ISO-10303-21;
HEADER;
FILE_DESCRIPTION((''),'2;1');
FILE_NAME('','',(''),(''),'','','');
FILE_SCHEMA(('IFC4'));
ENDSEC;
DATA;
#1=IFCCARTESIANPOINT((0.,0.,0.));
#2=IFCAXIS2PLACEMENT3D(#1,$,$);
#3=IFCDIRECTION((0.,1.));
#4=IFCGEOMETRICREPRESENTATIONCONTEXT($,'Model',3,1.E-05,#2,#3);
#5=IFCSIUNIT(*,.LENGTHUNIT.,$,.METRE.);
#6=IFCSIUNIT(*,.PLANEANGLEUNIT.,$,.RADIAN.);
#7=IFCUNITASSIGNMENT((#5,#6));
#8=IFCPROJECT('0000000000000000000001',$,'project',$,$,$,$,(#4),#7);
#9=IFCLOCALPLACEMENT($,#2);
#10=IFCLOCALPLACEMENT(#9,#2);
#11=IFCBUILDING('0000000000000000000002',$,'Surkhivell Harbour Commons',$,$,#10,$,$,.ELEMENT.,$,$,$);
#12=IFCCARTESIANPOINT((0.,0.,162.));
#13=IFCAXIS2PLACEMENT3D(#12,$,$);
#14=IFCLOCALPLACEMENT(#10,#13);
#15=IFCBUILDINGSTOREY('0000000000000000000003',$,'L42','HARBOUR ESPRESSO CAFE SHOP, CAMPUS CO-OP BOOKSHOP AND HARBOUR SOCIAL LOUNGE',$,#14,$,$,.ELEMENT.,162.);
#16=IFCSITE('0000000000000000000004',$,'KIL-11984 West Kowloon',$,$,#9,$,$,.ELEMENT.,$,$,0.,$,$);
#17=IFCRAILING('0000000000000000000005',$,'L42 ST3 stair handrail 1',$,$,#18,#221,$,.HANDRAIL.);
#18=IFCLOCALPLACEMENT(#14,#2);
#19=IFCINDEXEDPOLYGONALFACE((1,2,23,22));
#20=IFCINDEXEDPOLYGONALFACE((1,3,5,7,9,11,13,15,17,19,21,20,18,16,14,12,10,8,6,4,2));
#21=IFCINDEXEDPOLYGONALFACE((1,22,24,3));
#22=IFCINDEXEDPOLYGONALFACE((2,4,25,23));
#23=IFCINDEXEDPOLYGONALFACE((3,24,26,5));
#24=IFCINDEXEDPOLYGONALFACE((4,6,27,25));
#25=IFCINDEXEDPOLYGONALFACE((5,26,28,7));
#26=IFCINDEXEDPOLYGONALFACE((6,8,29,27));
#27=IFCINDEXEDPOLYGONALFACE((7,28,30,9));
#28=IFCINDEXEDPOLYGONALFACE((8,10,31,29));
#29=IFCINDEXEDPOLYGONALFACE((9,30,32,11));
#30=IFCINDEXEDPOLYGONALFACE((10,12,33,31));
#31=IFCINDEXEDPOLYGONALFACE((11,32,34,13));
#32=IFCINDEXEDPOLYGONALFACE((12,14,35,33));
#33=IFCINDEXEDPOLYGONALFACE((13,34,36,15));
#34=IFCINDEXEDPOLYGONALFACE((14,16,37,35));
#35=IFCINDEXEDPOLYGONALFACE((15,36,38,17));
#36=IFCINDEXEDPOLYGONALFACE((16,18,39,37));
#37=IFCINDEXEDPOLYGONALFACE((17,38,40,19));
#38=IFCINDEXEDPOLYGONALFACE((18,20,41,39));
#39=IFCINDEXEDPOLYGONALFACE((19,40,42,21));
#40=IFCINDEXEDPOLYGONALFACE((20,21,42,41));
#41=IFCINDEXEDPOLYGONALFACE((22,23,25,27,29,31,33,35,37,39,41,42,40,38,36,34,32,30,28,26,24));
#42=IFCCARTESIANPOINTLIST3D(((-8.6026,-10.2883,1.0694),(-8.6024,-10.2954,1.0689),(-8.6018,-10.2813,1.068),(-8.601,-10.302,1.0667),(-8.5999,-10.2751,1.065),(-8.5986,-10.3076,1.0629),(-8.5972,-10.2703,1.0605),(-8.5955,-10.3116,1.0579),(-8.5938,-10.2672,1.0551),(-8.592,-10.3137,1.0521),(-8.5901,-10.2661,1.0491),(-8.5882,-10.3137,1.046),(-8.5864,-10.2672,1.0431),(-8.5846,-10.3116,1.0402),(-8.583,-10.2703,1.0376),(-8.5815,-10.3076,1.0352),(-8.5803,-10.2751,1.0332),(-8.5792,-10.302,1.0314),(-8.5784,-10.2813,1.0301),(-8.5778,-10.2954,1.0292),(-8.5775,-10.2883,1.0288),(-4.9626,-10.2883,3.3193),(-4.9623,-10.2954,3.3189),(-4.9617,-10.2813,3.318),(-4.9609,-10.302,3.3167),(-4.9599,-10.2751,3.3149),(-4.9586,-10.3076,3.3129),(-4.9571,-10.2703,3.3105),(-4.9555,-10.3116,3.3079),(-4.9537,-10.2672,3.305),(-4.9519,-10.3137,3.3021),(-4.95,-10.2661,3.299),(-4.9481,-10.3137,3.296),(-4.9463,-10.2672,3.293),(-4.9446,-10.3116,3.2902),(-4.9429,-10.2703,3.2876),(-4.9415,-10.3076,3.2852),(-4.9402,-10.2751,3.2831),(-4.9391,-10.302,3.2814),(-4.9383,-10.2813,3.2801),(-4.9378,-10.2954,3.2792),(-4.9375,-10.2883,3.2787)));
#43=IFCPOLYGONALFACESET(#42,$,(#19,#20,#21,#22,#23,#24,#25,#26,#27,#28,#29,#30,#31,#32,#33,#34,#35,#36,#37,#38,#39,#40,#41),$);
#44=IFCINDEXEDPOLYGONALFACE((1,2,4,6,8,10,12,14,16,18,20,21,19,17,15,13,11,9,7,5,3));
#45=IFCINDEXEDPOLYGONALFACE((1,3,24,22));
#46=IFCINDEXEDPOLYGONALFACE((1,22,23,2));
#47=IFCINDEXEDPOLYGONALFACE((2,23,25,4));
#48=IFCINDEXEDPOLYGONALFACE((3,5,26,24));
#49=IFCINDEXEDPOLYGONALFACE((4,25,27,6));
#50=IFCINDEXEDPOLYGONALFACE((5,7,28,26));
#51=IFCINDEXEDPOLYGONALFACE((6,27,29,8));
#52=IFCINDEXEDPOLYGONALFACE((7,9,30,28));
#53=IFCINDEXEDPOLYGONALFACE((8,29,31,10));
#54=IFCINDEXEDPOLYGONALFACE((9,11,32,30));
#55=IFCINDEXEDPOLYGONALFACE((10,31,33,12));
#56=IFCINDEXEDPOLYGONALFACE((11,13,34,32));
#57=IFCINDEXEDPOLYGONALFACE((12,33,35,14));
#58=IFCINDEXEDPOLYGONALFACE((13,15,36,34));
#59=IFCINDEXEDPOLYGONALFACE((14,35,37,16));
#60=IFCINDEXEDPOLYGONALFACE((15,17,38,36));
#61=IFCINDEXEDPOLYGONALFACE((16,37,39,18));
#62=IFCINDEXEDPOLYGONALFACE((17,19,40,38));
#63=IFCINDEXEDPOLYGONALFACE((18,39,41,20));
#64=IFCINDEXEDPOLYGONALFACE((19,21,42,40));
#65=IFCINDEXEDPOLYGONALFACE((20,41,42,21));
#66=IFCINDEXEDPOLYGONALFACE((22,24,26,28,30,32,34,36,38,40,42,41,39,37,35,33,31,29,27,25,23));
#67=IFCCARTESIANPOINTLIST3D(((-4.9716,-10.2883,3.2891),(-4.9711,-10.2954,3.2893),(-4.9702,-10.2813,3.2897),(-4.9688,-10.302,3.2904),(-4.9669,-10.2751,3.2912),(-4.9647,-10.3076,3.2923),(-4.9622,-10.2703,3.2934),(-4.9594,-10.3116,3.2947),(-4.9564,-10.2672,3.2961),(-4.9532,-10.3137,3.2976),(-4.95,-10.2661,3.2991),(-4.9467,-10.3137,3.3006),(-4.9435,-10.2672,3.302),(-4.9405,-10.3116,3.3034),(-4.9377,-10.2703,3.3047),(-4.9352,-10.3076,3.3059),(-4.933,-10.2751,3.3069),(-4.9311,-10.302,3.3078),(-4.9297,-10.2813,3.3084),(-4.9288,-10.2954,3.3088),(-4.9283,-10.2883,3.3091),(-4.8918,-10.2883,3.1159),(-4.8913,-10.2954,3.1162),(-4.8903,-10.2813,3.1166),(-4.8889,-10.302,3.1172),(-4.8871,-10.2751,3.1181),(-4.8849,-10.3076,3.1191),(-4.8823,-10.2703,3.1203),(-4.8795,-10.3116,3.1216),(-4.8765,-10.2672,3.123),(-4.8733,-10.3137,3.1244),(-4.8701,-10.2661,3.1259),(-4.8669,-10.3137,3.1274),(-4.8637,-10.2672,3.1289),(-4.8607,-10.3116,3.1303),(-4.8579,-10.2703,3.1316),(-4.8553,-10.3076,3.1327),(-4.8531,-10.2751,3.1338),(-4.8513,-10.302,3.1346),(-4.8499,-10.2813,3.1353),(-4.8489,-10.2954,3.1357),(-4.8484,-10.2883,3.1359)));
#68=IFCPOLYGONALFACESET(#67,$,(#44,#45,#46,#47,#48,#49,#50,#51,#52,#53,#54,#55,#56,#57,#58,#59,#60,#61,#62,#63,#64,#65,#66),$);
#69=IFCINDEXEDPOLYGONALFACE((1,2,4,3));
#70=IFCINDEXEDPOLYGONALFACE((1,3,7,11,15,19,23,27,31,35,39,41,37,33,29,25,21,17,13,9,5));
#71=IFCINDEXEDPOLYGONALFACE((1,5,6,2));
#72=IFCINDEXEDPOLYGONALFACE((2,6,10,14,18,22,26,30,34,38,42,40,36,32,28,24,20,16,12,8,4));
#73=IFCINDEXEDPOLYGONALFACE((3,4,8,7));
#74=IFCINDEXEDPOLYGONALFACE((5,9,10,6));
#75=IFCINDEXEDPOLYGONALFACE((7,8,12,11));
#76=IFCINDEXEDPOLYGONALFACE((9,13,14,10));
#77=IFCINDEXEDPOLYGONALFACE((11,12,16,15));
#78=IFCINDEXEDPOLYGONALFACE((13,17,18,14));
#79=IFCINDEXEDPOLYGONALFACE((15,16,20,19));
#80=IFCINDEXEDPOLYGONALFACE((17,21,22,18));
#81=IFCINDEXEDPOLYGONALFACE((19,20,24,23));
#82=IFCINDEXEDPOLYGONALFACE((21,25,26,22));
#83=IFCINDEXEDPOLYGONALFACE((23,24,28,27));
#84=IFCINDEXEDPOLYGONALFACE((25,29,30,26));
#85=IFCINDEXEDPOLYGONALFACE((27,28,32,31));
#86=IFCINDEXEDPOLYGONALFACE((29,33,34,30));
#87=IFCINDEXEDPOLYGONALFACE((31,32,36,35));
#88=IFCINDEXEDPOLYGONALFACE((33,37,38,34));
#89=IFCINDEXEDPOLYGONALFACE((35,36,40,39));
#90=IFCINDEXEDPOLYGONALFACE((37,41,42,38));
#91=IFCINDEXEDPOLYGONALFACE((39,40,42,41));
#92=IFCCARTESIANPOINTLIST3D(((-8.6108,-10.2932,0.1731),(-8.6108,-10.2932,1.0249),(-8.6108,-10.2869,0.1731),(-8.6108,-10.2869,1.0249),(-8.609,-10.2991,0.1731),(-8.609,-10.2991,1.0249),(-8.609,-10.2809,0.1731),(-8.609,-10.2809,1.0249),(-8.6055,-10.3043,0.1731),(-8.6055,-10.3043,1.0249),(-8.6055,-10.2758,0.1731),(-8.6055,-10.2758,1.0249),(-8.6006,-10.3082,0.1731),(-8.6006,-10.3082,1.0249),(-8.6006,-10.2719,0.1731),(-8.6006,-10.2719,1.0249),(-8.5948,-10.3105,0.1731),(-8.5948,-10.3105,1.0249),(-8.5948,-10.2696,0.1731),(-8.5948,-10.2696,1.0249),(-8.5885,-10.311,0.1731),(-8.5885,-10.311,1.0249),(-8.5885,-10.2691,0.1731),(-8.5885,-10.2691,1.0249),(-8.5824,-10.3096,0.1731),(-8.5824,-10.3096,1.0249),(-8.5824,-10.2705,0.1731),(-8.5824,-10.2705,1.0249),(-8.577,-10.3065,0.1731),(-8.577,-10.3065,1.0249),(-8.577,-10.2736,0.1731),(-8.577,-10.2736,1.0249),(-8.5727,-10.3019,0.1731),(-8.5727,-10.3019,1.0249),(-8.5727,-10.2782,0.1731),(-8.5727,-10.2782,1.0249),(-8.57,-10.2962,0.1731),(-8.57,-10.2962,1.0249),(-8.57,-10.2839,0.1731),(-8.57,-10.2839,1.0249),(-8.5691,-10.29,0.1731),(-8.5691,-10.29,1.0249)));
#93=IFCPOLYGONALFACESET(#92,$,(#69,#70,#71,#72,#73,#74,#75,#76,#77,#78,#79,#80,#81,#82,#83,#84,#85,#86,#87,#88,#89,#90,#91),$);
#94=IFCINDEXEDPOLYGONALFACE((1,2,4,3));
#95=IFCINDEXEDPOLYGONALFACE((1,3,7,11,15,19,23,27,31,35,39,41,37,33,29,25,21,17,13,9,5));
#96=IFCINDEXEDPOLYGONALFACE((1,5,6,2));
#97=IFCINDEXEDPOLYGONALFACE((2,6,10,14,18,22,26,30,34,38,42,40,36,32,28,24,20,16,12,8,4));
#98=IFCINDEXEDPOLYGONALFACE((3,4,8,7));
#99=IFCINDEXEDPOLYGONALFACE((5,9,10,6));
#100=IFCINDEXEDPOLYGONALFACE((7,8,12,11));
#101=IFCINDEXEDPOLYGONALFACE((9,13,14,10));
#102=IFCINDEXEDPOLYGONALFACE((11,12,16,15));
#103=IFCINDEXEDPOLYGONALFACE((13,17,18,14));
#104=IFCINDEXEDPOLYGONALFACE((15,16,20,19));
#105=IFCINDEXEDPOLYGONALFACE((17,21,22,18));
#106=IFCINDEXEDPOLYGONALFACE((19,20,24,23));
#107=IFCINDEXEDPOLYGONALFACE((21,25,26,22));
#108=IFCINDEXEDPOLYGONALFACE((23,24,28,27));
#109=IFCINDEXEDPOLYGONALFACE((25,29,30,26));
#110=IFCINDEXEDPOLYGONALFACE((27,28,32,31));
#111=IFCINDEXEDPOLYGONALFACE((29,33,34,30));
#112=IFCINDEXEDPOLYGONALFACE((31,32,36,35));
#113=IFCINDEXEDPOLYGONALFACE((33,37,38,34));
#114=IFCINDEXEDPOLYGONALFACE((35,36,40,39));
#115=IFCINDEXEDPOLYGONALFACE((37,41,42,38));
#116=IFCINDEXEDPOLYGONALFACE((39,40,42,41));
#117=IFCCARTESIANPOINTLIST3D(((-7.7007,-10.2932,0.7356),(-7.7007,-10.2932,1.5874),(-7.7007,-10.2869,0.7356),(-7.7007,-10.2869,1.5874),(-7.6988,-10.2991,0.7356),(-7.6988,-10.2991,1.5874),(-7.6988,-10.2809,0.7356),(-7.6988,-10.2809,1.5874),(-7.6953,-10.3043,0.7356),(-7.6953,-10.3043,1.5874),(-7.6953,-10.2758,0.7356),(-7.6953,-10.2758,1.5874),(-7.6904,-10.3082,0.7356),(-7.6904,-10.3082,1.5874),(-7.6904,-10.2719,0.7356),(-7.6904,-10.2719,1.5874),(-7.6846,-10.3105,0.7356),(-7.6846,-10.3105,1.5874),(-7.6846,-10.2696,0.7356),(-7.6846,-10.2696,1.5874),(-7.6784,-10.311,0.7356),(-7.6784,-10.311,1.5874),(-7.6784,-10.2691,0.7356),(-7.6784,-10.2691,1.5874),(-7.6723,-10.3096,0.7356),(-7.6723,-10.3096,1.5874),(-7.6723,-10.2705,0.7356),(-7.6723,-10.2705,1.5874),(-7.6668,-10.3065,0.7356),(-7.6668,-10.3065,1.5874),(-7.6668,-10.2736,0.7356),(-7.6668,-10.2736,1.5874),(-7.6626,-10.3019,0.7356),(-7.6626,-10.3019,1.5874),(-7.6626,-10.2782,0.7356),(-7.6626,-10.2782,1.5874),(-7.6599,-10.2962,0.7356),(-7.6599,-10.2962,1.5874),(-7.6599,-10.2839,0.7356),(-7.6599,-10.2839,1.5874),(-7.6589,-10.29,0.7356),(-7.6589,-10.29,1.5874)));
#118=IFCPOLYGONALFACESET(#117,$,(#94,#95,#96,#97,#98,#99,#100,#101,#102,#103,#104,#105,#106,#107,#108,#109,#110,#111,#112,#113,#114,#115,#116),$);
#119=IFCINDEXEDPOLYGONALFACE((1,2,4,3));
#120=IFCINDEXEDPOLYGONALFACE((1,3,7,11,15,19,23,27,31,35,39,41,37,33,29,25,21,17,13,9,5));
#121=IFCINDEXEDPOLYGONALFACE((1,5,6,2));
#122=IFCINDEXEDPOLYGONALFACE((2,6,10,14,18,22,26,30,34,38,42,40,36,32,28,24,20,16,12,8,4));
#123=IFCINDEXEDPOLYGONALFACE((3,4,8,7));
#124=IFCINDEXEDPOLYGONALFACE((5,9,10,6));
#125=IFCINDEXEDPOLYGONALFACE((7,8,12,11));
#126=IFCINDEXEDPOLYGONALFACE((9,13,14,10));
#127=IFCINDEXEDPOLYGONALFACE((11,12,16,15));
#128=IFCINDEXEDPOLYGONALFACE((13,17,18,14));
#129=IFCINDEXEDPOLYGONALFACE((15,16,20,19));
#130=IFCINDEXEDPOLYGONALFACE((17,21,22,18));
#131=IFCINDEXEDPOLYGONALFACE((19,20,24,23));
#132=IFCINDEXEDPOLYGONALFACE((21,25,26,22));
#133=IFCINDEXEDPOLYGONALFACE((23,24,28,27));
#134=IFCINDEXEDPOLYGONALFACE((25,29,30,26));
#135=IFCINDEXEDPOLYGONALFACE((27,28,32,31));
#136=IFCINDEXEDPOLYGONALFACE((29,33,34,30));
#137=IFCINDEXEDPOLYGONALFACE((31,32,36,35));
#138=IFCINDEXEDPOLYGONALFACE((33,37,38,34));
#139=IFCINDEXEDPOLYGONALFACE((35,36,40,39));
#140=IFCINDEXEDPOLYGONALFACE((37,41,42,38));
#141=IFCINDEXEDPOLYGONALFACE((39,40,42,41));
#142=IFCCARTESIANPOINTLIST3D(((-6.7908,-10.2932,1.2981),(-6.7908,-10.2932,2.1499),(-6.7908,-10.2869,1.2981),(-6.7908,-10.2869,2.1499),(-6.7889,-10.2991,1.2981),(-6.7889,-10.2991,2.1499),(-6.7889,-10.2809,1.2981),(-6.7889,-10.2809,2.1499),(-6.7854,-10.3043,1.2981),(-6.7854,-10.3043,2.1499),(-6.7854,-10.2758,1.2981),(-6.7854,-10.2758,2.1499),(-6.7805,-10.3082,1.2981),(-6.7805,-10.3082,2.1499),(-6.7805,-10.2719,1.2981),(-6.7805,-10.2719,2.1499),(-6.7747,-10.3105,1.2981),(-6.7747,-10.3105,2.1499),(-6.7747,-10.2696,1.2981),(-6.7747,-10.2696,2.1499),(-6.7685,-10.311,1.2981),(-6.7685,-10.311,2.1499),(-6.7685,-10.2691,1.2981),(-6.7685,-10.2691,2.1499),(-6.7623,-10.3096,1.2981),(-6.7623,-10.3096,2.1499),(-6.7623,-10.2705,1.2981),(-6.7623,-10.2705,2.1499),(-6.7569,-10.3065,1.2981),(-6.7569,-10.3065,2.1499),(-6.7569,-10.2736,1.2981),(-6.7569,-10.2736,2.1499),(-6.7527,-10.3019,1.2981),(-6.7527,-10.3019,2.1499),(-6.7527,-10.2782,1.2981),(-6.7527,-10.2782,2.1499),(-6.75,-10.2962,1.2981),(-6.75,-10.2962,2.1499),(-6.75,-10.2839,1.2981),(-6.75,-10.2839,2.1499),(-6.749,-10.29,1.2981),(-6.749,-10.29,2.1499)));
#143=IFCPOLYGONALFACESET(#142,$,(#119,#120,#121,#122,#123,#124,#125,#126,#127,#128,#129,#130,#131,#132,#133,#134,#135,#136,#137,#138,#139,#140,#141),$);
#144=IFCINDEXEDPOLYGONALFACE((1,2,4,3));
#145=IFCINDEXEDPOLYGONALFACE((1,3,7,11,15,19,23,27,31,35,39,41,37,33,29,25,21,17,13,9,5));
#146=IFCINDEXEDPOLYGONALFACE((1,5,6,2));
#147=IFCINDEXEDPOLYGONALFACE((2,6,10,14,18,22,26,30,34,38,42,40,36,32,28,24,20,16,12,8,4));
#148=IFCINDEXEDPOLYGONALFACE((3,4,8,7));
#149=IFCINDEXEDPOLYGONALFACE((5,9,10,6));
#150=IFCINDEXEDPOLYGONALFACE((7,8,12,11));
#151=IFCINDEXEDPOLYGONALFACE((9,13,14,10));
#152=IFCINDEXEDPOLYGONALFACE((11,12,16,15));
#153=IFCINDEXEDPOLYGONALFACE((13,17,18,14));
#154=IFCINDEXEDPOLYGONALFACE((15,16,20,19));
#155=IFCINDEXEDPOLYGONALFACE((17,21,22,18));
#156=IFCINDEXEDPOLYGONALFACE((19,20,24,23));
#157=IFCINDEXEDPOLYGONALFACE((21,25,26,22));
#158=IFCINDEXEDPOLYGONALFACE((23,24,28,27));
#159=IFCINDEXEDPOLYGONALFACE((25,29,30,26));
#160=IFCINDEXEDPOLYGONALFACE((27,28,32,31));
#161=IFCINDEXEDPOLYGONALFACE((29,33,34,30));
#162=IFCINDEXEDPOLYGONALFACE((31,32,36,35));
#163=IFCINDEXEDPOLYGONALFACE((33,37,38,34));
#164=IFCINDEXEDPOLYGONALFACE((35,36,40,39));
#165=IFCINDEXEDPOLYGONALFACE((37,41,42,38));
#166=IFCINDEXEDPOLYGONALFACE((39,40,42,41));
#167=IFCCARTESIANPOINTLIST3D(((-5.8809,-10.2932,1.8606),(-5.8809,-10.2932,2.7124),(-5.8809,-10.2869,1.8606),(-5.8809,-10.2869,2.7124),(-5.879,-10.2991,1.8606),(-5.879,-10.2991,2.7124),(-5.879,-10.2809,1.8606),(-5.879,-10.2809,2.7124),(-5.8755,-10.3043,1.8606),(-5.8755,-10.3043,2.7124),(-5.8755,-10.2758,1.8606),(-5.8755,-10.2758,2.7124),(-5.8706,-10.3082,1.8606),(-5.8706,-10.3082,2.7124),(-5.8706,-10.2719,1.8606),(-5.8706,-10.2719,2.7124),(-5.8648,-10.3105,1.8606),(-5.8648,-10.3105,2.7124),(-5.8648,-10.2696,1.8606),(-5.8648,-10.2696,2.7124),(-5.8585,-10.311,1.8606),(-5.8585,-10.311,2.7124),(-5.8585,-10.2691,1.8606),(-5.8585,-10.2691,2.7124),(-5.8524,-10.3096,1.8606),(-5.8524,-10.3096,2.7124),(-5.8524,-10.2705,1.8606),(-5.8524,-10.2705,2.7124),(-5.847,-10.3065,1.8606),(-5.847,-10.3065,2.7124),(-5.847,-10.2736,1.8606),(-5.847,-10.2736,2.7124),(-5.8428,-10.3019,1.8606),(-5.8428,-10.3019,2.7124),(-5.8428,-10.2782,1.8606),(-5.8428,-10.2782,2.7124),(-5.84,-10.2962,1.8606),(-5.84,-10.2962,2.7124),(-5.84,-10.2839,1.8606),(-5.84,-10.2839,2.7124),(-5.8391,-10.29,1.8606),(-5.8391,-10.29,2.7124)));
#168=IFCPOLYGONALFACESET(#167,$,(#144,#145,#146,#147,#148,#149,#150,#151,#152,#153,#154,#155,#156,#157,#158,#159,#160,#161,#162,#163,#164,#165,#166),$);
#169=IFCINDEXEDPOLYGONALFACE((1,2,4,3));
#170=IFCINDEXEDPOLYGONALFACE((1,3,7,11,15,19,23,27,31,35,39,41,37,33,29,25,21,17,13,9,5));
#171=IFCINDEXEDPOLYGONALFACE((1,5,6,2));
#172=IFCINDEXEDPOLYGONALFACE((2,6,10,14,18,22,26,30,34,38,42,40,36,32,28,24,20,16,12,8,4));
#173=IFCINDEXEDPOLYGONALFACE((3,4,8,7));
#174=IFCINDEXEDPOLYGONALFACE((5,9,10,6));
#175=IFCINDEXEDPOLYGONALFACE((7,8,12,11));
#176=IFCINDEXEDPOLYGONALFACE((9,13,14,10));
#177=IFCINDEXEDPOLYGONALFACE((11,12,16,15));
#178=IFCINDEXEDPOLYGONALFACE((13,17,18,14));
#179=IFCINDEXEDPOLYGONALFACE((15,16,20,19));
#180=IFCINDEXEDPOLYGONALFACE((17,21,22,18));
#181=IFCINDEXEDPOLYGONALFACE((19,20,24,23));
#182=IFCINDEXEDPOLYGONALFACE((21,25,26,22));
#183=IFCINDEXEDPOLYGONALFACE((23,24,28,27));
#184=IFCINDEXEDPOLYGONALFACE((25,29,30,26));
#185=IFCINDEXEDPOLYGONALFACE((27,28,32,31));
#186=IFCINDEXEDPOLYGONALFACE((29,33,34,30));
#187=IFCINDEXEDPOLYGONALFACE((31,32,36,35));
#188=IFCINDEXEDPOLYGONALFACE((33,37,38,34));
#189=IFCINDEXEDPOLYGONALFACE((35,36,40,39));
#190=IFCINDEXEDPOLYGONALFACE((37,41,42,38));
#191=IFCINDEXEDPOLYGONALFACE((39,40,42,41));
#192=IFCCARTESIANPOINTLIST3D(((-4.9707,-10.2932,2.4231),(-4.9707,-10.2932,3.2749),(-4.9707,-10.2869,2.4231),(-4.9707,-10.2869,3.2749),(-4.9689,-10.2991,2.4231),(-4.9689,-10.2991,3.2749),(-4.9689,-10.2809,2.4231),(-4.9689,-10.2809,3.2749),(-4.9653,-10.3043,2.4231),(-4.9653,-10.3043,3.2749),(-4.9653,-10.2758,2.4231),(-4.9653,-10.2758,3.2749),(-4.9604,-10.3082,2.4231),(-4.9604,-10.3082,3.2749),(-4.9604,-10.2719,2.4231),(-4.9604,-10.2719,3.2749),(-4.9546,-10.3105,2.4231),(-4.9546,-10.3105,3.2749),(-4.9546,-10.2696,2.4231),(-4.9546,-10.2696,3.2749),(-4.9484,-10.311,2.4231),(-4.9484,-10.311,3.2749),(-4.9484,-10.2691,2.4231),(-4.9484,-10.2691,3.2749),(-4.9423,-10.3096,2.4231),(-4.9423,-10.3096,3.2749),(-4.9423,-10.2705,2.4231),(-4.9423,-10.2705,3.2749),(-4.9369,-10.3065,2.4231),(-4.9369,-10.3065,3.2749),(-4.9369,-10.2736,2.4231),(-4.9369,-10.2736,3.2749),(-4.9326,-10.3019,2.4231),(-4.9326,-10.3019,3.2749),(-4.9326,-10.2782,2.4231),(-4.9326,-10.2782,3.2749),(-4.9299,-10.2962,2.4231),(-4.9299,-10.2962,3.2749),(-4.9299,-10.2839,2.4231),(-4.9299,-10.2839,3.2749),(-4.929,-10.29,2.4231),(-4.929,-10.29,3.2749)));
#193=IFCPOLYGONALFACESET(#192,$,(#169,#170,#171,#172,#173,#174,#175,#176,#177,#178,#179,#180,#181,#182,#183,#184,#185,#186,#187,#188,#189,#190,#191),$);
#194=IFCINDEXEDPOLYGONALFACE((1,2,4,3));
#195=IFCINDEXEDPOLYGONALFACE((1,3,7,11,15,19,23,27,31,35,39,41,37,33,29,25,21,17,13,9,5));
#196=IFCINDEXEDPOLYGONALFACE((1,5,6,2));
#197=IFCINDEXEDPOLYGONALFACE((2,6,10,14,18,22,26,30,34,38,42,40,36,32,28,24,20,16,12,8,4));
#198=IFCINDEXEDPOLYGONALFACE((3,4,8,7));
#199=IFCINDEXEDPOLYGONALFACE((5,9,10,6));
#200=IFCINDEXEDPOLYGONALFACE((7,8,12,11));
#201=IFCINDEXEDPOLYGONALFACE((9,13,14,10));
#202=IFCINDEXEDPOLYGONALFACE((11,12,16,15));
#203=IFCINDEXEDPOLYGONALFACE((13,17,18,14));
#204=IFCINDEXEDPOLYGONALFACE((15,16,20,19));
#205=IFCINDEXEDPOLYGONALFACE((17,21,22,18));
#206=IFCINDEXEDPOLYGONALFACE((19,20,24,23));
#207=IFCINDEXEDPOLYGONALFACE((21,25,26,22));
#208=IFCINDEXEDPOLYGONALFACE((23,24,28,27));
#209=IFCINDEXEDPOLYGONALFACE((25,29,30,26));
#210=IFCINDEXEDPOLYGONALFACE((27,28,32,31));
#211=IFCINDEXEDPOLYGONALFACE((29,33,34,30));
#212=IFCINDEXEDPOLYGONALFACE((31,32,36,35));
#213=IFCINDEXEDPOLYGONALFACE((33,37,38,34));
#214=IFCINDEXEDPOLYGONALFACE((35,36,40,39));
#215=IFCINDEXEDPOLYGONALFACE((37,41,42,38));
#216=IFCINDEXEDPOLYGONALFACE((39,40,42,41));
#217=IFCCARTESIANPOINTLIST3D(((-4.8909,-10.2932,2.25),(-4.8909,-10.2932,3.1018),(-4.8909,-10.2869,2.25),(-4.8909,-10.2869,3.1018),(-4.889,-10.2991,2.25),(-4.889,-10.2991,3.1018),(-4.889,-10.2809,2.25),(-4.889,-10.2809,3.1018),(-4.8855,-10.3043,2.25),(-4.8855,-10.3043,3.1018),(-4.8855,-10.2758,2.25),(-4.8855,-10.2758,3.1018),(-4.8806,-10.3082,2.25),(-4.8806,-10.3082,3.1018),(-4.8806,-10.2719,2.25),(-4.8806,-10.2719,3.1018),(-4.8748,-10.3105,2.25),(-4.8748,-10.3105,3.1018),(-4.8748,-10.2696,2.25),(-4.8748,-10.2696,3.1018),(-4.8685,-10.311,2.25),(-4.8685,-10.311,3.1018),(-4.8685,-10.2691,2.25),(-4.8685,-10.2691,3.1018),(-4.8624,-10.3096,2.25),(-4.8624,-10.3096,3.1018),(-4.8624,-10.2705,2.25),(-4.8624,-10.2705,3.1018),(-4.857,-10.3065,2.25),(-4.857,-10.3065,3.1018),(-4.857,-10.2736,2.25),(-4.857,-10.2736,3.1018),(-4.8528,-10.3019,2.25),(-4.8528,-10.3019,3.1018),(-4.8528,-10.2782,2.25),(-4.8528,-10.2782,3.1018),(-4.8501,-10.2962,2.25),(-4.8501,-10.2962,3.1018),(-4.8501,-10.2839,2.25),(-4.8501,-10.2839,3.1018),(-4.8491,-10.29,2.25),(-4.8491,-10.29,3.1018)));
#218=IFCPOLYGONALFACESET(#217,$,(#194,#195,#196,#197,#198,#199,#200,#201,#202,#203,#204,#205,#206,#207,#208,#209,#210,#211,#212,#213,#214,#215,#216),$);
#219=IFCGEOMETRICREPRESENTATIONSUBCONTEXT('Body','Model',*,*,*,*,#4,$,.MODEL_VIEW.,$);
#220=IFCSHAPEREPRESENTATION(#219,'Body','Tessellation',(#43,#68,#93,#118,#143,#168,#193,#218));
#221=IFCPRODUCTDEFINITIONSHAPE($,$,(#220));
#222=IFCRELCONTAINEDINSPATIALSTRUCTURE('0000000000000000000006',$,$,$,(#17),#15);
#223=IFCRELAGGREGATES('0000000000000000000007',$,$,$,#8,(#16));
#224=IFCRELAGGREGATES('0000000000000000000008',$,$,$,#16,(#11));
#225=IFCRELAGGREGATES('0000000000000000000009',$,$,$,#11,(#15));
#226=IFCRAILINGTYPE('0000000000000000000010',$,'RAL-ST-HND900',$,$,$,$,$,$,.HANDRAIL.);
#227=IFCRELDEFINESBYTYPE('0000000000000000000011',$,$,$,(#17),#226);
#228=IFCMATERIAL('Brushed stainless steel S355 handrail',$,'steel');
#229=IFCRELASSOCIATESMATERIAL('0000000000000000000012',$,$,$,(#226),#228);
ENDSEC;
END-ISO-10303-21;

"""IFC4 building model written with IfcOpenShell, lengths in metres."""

from ifc_helpers import new_model, si_unit, direction, frame, origin, origin_2d, place, context, subcontext, project, spatial, circle, extrude, material, type_object, element, save


model = new_model("IFC4")

# Units and contexts
model_context = context("Model", 3, precision=1e-05, world=origin(), true_north=direction((0.0, 1.0)))
body_context = subcontext(model_context, "Body", "Model", "MODEL_VIEW")
ifc_project = project(units=[si_unit("LENGTHUNIT", "METRE"), si_unit("PLANEANGLEUNIT", "RADIAN")], contexts=[model_context])

# Site, building, storey
site_placement = place(None, origin())
site = spatial("IfcSite", under=ifc_project, at=site_placement, Name="KIL-11984 West Kowloon", CompositionType="ELEMENT", RefElevation=0.0)
building_placement = place(site_placement, origin())
building = spatial("IfcBuilding", under=site, at=building_placement, Name="Surkhivell Harbour Commons", CompositionType="ELEMENT")
storey_placement = place(building_placement, frame((0.0, 0.0, 162.0)))
storey = spatial("IfcBuildingStorey", under=building, at=storey_placement, Name="L42", Description="HARBOUR ESPRESSO CAFE SHOP, CAMPUS CO-OP BOOKSHOP AND HARBOUR SOCIAL LOUNGE", CompositionType="ELEMENT", Elevation=162.0)

# Railing
ifc_material_1 = material(Name="Brushed stainless steel S355 handrail", Category="steel")
railing_type = type_object("IfcRailingType", Name="RAL-ST-HND900", PredefinedType="HANDRAIL", material=ifc_material_1)
railing_placement = place(storey_placement, frame((-8.5901, -10.29, 0.1731)))
element("IfcRailing", 1, at=railing_placement, inside=storey, type_object=railing_type, Name="L42 ST3 stair handrail 1", PredefinedType="HANDRAIL", context=body_context, shape_type="SweptSolid", body=[
    extrude(circle(Radius=0.0239, at=origin_2d()), frame((0.0, 0.0, 0.876), z_axis=(0.850622, 0.0, 0.525777), x_axis=(0.0, 1.0, 0.0)), (0.0, 0.0, 1.0), 4.2793),
    extrude(circle(Radius=0.0239, at=origin_2d()), frame((3.6401, 0.0, 3.126), z_axis=(0.418815, 0.0, -0.908072), x_axis=(0.0, 1.0, 0.0)), (0.0, 0.0, 1.0), 0.1907),
    extrude(circle(Radius=0.021, at=origin_2d()), origin(), (0.0, 0.0, 1.0), 0.8518),
    extrude(circle(Radius=0.021, at=origin_2d()), frame((0.9102, 0.0, 0.5625)), (0.0, 0.0, 1.0), 0.8518),
    extrude(circle(Radius=0.021, at=origin_2d()), frame((1.8201, 0.0, 1.125)), (0.0, 0.0, 1.0), 0.8518),
    extrude(circle(Radius=0.021, at=origin_2d()), frame((2.73, 0.0, 1.6875)), (0.0, 0.0, 1.0), 0.8518),
    extrude(circle(Radius=0.021, at=origin_2d()), frame((3.6401, 0.0, 2.25)), (0.0, 0.0, 1.0), 0.8518),
    extrude(circle(Radius=0.021, at=origin_2d()), frame((3.72, 0.0, 2.0769)), (0.0, 0.0, 1.0), 0.8518),
])

save(model, "model.ifc")
